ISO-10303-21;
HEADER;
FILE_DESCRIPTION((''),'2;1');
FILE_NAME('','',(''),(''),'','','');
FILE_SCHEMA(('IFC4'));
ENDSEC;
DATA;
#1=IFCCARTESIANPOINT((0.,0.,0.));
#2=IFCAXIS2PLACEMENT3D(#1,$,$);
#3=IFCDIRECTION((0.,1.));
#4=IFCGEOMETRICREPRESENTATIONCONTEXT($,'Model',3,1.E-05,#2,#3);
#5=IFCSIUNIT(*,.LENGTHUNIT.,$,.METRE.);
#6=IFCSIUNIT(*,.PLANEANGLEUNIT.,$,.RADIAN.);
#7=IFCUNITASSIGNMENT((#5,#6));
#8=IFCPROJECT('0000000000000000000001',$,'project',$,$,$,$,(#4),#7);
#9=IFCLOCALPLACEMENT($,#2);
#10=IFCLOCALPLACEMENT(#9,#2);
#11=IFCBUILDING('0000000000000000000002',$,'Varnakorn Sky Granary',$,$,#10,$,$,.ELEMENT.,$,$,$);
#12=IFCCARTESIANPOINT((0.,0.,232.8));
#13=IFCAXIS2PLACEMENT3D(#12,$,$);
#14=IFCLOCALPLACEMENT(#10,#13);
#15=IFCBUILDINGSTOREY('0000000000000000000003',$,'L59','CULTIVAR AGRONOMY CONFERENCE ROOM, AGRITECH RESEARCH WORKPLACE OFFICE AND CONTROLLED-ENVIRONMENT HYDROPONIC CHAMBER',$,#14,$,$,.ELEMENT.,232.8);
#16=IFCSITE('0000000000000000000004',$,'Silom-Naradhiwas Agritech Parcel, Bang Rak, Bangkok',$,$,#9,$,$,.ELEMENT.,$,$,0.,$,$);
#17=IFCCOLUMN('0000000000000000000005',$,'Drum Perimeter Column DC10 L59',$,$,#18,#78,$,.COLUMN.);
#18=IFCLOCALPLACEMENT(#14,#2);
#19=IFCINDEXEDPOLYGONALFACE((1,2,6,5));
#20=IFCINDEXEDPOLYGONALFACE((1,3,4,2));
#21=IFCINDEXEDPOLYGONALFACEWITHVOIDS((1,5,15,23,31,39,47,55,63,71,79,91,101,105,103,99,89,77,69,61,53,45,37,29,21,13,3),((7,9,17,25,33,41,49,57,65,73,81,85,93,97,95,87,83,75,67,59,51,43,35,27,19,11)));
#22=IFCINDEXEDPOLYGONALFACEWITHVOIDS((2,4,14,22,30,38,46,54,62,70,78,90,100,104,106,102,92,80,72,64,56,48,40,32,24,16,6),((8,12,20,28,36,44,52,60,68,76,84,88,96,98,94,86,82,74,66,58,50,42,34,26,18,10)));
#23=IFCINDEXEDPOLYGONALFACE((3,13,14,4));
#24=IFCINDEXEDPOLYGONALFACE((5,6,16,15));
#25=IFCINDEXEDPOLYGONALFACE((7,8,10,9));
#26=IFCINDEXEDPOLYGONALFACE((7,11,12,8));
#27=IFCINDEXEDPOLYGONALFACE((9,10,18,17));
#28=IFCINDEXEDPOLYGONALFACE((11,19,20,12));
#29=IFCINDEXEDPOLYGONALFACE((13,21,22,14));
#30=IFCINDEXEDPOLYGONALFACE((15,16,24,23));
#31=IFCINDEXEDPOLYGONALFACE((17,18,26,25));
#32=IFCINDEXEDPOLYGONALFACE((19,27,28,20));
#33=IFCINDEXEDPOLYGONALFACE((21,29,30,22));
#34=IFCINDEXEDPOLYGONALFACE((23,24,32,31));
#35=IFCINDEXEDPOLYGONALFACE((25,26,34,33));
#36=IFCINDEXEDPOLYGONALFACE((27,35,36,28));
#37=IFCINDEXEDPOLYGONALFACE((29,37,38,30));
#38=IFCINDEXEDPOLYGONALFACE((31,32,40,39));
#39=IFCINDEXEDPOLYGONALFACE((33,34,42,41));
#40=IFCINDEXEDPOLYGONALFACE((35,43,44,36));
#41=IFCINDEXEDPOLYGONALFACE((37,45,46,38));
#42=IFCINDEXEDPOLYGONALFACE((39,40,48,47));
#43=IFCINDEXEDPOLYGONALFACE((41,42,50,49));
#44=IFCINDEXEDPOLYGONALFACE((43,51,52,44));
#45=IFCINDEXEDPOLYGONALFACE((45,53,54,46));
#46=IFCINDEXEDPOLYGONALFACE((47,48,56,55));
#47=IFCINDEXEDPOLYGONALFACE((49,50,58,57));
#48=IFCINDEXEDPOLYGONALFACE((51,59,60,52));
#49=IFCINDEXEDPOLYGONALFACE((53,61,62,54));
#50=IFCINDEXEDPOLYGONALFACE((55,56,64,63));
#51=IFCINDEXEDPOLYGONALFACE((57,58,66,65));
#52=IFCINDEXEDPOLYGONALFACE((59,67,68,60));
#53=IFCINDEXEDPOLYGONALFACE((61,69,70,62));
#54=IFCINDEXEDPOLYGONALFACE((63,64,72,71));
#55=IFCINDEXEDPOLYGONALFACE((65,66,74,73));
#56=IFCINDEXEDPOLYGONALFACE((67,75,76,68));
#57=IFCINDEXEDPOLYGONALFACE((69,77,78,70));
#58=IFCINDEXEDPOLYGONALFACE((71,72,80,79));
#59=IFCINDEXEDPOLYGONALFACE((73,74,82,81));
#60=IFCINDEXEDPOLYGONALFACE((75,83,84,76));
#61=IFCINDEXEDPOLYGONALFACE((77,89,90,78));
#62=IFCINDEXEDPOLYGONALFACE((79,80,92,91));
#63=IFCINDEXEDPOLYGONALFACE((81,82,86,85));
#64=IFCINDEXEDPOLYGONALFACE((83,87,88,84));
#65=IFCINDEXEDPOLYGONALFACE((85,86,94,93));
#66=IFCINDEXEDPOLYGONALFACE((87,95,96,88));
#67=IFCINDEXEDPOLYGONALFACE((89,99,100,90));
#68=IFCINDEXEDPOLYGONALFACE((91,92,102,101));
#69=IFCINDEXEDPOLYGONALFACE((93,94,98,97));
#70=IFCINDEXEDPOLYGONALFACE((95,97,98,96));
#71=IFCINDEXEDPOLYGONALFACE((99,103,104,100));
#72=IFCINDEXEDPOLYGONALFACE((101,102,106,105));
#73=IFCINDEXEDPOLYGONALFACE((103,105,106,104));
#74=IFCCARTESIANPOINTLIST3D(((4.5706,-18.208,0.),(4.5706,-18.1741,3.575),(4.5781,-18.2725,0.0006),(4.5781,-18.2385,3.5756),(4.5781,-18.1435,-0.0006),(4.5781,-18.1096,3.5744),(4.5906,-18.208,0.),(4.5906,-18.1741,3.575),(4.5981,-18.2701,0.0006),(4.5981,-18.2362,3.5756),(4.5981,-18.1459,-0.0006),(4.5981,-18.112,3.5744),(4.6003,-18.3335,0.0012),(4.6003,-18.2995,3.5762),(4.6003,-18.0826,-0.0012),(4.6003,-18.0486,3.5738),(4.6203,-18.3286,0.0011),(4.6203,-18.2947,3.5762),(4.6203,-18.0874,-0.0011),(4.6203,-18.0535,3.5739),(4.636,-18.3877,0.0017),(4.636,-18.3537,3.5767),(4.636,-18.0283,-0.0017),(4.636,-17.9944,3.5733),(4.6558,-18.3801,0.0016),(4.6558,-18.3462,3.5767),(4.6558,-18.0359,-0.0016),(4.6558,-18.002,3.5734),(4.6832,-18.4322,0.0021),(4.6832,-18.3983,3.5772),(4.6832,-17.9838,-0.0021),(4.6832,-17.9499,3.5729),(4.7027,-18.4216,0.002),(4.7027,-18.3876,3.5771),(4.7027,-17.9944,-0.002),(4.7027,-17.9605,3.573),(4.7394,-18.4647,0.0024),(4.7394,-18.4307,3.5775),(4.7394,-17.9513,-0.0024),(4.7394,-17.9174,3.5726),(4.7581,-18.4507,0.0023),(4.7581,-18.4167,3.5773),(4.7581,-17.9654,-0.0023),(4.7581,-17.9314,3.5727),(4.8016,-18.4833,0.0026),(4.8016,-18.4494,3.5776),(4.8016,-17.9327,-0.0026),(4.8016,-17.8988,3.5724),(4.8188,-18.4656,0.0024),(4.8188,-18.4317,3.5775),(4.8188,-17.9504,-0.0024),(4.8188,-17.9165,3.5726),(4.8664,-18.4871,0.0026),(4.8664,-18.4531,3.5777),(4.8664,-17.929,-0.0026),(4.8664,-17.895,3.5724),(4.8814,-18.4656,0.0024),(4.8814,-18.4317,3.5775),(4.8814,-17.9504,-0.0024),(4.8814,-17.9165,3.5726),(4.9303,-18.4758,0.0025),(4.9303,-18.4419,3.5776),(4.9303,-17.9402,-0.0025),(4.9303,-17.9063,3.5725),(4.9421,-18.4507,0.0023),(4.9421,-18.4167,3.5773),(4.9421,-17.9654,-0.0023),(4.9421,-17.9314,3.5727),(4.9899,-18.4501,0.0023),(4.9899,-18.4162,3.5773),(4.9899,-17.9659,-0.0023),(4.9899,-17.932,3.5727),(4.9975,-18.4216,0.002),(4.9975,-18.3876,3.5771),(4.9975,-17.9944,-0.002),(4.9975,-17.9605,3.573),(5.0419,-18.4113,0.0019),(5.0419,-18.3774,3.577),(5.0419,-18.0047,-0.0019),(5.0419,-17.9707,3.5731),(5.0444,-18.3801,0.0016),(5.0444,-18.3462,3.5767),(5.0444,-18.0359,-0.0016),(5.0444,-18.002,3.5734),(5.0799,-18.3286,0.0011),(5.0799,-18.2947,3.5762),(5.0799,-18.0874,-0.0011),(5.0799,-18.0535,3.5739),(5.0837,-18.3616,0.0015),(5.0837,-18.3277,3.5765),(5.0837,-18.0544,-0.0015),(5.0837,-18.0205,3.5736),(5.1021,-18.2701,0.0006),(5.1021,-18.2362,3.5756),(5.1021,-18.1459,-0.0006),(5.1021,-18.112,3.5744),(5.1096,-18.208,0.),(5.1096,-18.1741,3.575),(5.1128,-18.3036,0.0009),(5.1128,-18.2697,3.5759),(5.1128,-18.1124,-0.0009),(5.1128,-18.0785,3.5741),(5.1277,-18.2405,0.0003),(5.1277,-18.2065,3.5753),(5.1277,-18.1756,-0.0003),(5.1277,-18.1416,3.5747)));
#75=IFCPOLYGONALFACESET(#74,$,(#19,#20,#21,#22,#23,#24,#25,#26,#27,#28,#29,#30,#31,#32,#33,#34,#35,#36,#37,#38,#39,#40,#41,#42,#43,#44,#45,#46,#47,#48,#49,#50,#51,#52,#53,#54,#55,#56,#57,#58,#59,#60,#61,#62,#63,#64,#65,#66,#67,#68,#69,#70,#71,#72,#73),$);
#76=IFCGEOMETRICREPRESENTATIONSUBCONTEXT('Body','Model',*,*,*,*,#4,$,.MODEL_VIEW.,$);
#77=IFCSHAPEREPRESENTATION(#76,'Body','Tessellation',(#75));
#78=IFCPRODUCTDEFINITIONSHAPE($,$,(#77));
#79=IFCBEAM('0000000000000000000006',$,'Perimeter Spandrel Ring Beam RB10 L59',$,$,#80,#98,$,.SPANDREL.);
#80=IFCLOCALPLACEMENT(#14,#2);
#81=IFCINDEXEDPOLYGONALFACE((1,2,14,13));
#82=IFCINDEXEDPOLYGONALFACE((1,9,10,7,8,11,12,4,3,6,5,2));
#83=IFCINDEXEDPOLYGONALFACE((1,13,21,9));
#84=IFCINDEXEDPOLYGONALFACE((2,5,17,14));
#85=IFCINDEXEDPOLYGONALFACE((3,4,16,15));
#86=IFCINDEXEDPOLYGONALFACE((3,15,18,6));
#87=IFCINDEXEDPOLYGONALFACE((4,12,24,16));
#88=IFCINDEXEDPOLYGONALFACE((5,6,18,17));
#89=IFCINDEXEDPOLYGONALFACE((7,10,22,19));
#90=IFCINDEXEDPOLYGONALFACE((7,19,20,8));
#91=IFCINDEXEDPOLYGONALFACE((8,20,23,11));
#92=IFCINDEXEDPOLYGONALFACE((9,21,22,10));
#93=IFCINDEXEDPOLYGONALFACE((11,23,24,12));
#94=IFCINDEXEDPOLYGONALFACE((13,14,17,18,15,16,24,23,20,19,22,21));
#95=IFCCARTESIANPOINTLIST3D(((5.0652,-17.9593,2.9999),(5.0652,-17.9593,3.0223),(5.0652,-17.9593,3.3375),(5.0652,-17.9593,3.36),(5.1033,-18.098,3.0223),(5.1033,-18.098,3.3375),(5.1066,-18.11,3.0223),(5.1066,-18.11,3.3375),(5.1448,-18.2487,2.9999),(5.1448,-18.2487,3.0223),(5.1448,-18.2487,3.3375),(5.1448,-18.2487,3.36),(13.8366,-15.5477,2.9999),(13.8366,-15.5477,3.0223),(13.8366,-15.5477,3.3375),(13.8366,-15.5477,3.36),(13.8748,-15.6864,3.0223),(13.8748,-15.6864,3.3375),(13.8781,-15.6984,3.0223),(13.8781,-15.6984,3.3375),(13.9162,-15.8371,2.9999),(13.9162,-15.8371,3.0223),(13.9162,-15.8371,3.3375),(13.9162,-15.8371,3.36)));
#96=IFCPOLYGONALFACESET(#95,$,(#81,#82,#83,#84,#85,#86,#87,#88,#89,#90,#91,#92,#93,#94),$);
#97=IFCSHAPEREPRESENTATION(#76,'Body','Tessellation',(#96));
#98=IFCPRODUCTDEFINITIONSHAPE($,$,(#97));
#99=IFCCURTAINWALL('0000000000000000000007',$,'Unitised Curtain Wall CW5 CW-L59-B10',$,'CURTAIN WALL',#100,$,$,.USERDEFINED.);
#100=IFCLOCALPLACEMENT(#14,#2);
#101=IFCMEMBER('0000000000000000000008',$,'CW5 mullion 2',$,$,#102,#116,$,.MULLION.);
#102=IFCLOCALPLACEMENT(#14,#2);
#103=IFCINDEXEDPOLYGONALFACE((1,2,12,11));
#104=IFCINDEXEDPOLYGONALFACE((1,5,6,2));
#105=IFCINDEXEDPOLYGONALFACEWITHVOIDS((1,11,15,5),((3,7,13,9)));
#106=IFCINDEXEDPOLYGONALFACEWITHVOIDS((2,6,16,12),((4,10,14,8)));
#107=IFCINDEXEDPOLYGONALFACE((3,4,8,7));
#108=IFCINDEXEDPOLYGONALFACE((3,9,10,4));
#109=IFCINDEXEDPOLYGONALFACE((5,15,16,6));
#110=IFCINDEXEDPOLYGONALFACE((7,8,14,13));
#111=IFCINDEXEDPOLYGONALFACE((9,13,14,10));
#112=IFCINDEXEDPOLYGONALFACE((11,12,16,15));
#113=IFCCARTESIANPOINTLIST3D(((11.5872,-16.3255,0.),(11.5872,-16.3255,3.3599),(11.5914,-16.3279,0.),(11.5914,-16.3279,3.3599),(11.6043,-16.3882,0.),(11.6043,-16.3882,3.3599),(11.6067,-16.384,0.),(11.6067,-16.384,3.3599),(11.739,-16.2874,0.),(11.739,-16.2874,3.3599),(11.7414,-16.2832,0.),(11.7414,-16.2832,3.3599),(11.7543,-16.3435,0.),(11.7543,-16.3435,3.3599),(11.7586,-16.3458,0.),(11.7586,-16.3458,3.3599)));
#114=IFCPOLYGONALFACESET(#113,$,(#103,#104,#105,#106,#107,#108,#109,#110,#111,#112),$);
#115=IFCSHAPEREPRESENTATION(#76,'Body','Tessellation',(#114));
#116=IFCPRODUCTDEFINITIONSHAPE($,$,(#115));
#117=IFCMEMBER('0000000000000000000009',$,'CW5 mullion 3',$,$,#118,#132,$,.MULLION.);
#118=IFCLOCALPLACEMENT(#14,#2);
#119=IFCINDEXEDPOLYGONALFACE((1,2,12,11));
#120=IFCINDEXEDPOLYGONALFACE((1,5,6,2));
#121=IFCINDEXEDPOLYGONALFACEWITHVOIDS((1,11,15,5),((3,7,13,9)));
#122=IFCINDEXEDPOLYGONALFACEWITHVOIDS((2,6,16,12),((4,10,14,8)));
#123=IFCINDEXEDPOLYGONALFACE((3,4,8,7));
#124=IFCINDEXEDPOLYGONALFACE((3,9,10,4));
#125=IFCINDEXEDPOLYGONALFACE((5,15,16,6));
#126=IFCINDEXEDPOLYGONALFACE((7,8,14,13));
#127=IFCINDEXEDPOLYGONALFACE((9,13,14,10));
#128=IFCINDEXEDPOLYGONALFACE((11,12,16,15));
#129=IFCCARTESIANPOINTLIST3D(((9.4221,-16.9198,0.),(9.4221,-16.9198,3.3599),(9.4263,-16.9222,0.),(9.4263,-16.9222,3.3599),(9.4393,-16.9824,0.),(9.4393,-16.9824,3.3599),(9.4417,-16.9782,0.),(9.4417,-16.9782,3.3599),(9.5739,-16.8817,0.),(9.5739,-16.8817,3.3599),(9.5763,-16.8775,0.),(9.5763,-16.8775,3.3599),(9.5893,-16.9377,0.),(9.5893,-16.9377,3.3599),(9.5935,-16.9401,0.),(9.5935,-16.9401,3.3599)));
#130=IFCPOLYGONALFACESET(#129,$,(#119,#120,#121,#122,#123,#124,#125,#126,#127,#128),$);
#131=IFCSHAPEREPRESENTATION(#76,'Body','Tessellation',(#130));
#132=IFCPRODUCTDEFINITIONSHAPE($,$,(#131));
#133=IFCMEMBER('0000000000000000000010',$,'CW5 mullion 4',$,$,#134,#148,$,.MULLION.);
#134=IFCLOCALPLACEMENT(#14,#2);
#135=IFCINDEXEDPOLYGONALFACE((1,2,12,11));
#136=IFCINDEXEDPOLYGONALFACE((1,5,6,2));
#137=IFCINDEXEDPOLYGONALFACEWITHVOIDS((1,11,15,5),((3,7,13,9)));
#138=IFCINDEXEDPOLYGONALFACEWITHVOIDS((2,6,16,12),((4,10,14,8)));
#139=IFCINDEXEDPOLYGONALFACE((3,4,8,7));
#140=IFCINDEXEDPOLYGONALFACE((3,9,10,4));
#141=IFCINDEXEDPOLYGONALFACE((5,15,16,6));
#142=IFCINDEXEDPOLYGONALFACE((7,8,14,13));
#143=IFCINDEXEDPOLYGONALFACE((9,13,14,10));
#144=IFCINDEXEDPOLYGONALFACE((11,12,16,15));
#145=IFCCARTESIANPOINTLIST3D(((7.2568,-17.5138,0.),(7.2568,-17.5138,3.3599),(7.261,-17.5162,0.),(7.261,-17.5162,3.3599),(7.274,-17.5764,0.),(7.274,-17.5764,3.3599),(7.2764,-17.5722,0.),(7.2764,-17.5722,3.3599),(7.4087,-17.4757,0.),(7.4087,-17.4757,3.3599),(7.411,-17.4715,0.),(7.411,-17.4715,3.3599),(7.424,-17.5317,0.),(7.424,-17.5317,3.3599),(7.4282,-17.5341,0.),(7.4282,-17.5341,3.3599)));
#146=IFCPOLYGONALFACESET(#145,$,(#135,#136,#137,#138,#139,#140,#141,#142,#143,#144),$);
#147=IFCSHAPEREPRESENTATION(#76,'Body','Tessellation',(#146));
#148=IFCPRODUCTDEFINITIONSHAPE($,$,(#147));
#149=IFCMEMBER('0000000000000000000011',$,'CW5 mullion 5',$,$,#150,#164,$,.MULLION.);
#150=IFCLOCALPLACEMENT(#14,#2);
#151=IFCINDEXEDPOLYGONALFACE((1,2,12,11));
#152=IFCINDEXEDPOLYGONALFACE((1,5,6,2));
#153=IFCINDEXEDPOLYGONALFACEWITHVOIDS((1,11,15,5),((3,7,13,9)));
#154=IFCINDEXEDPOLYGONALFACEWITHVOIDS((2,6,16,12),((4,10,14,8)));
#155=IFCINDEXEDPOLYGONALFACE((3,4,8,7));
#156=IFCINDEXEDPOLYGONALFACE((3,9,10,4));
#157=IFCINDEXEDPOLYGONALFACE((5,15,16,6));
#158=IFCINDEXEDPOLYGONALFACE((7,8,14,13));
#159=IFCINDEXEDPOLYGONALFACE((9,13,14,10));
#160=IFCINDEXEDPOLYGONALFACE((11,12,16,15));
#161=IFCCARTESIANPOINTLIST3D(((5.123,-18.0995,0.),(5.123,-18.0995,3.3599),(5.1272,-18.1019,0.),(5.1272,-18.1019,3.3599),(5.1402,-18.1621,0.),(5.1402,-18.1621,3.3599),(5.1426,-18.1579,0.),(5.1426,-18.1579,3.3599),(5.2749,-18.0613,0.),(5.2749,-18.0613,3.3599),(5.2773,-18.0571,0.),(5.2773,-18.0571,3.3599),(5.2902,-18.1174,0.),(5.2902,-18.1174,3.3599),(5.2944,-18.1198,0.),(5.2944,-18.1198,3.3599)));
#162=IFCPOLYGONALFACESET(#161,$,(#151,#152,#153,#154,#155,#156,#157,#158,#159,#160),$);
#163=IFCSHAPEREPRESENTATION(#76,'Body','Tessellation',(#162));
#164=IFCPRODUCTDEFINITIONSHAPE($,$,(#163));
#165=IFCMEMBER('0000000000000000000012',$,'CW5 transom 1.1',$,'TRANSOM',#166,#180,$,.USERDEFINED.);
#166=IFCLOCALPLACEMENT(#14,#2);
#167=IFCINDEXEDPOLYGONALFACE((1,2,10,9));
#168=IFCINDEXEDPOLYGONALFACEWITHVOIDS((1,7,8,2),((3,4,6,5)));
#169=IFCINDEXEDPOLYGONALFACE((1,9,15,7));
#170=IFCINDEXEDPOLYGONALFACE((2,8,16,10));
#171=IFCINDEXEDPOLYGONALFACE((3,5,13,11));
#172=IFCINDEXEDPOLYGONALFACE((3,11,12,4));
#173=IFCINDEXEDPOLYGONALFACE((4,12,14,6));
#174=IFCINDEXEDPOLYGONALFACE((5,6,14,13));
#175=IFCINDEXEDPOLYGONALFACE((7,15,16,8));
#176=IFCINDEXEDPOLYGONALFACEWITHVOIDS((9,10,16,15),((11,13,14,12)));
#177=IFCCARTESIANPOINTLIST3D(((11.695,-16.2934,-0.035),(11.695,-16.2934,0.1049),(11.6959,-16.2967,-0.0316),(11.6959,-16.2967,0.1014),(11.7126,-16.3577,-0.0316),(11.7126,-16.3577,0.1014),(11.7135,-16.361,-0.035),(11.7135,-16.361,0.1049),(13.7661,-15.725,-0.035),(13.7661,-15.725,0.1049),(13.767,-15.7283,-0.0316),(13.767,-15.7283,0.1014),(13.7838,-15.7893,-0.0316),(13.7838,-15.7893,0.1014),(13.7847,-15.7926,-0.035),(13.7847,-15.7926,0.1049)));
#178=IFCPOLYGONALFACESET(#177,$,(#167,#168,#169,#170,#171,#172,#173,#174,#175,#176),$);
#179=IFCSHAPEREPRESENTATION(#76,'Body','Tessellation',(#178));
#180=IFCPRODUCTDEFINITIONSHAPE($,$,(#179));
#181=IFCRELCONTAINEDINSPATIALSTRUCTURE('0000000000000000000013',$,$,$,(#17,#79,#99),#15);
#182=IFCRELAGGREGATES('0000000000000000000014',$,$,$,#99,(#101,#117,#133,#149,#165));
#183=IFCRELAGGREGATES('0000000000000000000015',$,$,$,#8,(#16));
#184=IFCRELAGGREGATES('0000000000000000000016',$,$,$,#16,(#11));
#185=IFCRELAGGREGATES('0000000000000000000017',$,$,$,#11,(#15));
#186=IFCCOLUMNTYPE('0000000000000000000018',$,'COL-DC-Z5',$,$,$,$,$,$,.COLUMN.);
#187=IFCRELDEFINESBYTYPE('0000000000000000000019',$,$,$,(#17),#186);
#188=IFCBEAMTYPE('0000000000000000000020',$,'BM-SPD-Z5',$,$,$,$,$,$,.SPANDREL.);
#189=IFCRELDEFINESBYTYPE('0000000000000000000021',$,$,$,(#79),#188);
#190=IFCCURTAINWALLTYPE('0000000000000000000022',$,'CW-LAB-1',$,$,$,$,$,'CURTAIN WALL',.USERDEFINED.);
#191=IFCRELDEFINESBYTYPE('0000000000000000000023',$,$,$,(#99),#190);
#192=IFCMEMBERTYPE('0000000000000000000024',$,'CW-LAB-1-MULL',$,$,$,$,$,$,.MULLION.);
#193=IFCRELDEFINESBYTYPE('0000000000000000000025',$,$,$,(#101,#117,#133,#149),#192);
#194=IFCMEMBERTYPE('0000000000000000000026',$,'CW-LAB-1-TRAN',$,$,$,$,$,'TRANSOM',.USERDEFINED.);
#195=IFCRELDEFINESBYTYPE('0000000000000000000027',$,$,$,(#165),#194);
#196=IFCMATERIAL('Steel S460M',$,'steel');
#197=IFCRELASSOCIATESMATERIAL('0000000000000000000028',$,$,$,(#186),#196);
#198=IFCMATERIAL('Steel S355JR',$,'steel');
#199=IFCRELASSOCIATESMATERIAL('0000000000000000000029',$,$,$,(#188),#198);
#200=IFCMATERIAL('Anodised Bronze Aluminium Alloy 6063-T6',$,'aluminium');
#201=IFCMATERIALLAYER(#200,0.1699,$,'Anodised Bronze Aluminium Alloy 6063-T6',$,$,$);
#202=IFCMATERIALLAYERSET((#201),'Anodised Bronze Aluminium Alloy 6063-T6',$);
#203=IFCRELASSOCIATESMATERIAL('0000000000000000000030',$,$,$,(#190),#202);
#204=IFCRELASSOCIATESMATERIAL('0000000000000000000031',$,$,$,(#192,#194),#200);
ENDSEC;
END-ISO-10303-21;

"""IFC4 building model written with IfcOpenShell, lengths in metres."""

from ifc_helpers import new_model, si_unit, direction, frame, origin, origin_2d, place, context, subcontext, project, spatial, hollow_rectangle, hollow_circle, i_section, extrude, material, layer, layer_set, material_profile, profile_set, type_object, element, aggregate, save


model = new_model("IFC4")

# Units and contexts
model_context = context("Model", 3, precision=1e-05, world=origin(), true_north=direction((0.0, 1.0)))
body_context = subcontext(model_context, "Body", "Model", "MODEL_VIEW")
ifc_project = project(units=[si_unit("LENGTHUNIT", "METRE"), si_unit("PLANEANGLEUNIT", "RADIAN")], contexts=[model_context])

# Site, building, storey
site_placement = place(None, origin())
site = spatial("IfcSite", under=ifc_project, at=site_placement, Name="Silom-Naradhiwas Agritech Parcel, Bang Rak, Bangkok", CompositionType="ELEMENT", RefElevation=0.0)
building_placement = place(site_placement, origin())
building = spatial("IfcBuilding", under=site, at=building_placement, Name="Varnakorn Sky Granary", CompositionType="ELEMENT")
storey_placement = place(building_placement, frame((0.0, 0.0, 232.8)))
storey = spatial("IfcBuildingStorey", under=building, at=storey_placement, Name="L59", Description="CULTIVAR AGRONOMY CONFERENCE ROOM, AGRITECH RESEARCH WORKPLACE OFFICE AND CONTROLLED-ENVIRONMENT HYDROPONIC CHAMBER", CompositionType="ELEMENT", Elevation=232.8)

# Column
ifc_material_1 = material(Name="Steel S460M", Category="steel")
ifc_material_profile_1 = material_profile(ifc_material_1, hollow_circle(Radius=0.2795, WallThickness=0.02, at=origin_2d()), Name="CHS 559x20")
ifc_profile_set_1 = profile_set([ifc_material_profile_1], Name="Steel S460M")
column_type = type_object("IfcColumnType", Name="COL-DC-Z5", PredefinedType="COLUMN", material=ifc_profile_set_1)
column_placement = place(storey_placement, frame((4.8501, -18.208, 0.0), z_axis=(0.0, 0.009492, 0.999955), x_axis=(-1.0, 0.0, 0.0)))
element("IfcColumn", 1, at=column_placement, inside=storey, type_object=column_type, Name="Drum Perimeter Column DC10 L59", PredefinedType="COLUMN", context=body_context, shape_type="SweptSolid", body=[
    extrude(hollow_circle(Radius=0.2795, WallThickness=0.02, at=origin_2d()), origin(), (0.0, 0.0, 1.0), 3.5752),
])

# Beam
ifc_material_2 = material(Name="Steel S355JR", Category="steel")
ifc_material_profile_2 = material_profile(ifc_material_2, i_section(OverallWidth=0.3, OverallDepth=0.3601, WebThickness=0.0125, FlangeThickness=0.0225, at=origin_2d()), Name="HE 360 B")
ifc_profile_set_2 = profile_set([ifc_material_profile_2], Name="Steel S355JR")
beam_type = type_object("IfcBeamType", Name="BM-SPD-Z5", PredefinedType="SPANDREL", material=ifc_profile_set_2)
beam_placement = place(storey_placement, frame((5.105, -18.104, 3.1799), z_axis=(0.96422, 0.265102, 0.0), x_axis=(-0.265102, 0.96422, 0.0)))
element("IfcBeam", 2, at=beam_placement, inside=storey, type_object=beam_type, Name="Perimeter Spandrel Ring Beam RB10 L59", PredefinedType="SPANDREL", context=body_context, shape_type="SweptSolid", body=[
    extrude(i_section(OverallWidth=0.3, OverallDepth=0.3601, WebThickness=0.0125, FlangeThickness=0.0225, at=origin_2d()), origin(), (0.0, 0.0, 1.0), 9.0969),
])

# Curtain wall, members
ifc_material_3 = material(Name="Anodised Bronze Aluminium Alloy 6063-T6", Category="aluminium")
ifc_layer_1 = layer(ifc_material_3, 0.1699, Name="Anodised Bronze Aluminium Alloy 6063-T6")
ifc_layer_set_1 = layer_set([ifc_layer_1], Name="Anodised Bronze Aluminium Alloy 6063-T6")
curtain_wall_type = type_object("IfcCurtainWallType", Name="CW-LAB-1", ElementType="CURTAIN WALL", PredefinedType="USERDEFINED", material=ifc_layer_set_1)
curtain_wall_placement = place(storey_placement, origin())
curtain_wall = element("IfcCurtainWall", 3, at=curtain_wall_placement, inside=storey, type_object=curtain_wall_type, Name="Unitised Curtain Wall CW5 CW-L59-B10", ObjectType="CURTAIN WALL", PredefinedType="USERDEFINED")
ifc_material_profile_3 = material_profile(ifc_material_3, hollow_rectangle(XDim=0.0649, YDim=0.1599, WallThickness=0.0034, at=origin_2d()), Name="ALU MULL 65x160")
ifc_profile_set_3 = profile_set([ifc_material_profile_3], Name="Anodised Bronze Aluminium Alloy 6063-T6")
member_type_1 = type_object("IfcMemberType", Name="CW-LAB-1-MULL", PredefinedType="MULLION", material=ifc_profile_set_3)
member_1_placement = place(storey_placement, frame((11.6729, -16.3357, 0.0), z_axis=(0.0, 0.0, 1.0), x_axis=(0.26464, -0.964347, 0.0)))
member_1 = element("IfcMember", 4, at=member_1_placement, type_object=member_type_1, Name="CW5 mullion 2", PredefinedType="MULLION", context=body_context, shape_type="SweptSolid", body=[
    extrude(hollow_rectangle(XDim=0.0649, YDim=0.1599, WallThickness=0.0034, at=origin_2d()), origin(), (0.0, 0.0, 1.0), 3.3599),
])
member_2_placement = place(storey_placement, frame((9.5078, -16.9299, 0.0), z_axis=(0.0, 0.0, 1.0), x_axis=(0.26464, -0.964347, 0.0)))
member_2 = element("IfcMember", 5, at=member_2_placement, type_object=member_type_1, Name="CW5 mullion 3", PredefinedType="MULLION", context=body_context, shape_type="SweptSolid", body=[
    extrude(hollow_rectangle(XDim=0.0649, YDim=0.1599, WallThickness=0.0034, at=origin_2d()), origin(), (0.0, 0.0, 1.0), 3.3599),
])
member_3_placement = place(storey_placement, frame((7.3425, -17.5239, 0.0), z_axis=(0.0, 0.0, 1.0), x_axis=(0.26464, -0.964347, 0.0)))
member_3 = element("IfcMember", 6, at=member_3_placement, type_object=member_type_1, Name="CW5 mullion 4", PredefinedType="MULLION", context=body_context, shape_type="SweptSolid", body=[
    extrude(hollow_rectangle(XDim=0.0649, YDim=0.1599, WallThickness=0.0034, at=origin_2d()), origin(), (0.0, 0.0, 1.0), 3.3599),
])
member_4_placement = place(storey_placement, frame((5.2087, -18.1096, 0.0), z_axis=(0.0, 0.0, 1.0), x_axis=(0.26464, -0.964347, 0.0)))
member_4 = element("IfcMember", 7, at=member_4_placement, type_object=member_type_1, Name="CW5 mullion 5", PredefinedType="MULLION", context=body_context, shape_type="SweptSolid", body=[
    extrude(hollow_rectangle(XDim=0.0649, YDim=0.1599, WallThickness=0.0034, at=origin_2d()), origin(), (0.0, 0.0, 1.0), 3.3599),
])
ifc_material_profile_4 = material_profile(ifc_material_3, hollow_rectangle(XDim=0.0701, YDim=0.1399, WallThickness=0.0034, at=origin_2d()), Name="ALU TRAN 70x140")
ifc_profile_set_4 = profile_set([ifc_material_profile_4], Name="Anodised Bronze Aluminium Alloy 6063-T6")
member_type_2 = type_object("IfcMemberType", Name="CW-LAB-1-TRAN", ElementType="TRANSOM", PredefinedType="USERDEFINED", material=ifc_profile_set_4)
member_5_placement = place(storey_placement, frame((13.7754, -15.7588, 0.0349), z_axis=(-0.964345, -0.264647, 0.0), x_axis=(0.264647, -0.964345, 0.0)))
member_5 = element("IfcMember", 8, at=member_5_placement, type_object=member_type_2, Name="CW5 transom 1.1", ObjectType="TRANSOM", PredefinedType="USERDEFINED", context=body_context, shape_type="SweptSolid", body=[
    extrude(hollow_rectangle(XDim=0.0701, YDim=0.1399, WallThickness=0.0034, at=origin_2d()), origin(), (0.0, 0.0, 1.0), 2.1477),
])

aggregate(curtain_wall, [member_1, member_2, member_3, member_4, member_5])

save(model, "model.ifc")
